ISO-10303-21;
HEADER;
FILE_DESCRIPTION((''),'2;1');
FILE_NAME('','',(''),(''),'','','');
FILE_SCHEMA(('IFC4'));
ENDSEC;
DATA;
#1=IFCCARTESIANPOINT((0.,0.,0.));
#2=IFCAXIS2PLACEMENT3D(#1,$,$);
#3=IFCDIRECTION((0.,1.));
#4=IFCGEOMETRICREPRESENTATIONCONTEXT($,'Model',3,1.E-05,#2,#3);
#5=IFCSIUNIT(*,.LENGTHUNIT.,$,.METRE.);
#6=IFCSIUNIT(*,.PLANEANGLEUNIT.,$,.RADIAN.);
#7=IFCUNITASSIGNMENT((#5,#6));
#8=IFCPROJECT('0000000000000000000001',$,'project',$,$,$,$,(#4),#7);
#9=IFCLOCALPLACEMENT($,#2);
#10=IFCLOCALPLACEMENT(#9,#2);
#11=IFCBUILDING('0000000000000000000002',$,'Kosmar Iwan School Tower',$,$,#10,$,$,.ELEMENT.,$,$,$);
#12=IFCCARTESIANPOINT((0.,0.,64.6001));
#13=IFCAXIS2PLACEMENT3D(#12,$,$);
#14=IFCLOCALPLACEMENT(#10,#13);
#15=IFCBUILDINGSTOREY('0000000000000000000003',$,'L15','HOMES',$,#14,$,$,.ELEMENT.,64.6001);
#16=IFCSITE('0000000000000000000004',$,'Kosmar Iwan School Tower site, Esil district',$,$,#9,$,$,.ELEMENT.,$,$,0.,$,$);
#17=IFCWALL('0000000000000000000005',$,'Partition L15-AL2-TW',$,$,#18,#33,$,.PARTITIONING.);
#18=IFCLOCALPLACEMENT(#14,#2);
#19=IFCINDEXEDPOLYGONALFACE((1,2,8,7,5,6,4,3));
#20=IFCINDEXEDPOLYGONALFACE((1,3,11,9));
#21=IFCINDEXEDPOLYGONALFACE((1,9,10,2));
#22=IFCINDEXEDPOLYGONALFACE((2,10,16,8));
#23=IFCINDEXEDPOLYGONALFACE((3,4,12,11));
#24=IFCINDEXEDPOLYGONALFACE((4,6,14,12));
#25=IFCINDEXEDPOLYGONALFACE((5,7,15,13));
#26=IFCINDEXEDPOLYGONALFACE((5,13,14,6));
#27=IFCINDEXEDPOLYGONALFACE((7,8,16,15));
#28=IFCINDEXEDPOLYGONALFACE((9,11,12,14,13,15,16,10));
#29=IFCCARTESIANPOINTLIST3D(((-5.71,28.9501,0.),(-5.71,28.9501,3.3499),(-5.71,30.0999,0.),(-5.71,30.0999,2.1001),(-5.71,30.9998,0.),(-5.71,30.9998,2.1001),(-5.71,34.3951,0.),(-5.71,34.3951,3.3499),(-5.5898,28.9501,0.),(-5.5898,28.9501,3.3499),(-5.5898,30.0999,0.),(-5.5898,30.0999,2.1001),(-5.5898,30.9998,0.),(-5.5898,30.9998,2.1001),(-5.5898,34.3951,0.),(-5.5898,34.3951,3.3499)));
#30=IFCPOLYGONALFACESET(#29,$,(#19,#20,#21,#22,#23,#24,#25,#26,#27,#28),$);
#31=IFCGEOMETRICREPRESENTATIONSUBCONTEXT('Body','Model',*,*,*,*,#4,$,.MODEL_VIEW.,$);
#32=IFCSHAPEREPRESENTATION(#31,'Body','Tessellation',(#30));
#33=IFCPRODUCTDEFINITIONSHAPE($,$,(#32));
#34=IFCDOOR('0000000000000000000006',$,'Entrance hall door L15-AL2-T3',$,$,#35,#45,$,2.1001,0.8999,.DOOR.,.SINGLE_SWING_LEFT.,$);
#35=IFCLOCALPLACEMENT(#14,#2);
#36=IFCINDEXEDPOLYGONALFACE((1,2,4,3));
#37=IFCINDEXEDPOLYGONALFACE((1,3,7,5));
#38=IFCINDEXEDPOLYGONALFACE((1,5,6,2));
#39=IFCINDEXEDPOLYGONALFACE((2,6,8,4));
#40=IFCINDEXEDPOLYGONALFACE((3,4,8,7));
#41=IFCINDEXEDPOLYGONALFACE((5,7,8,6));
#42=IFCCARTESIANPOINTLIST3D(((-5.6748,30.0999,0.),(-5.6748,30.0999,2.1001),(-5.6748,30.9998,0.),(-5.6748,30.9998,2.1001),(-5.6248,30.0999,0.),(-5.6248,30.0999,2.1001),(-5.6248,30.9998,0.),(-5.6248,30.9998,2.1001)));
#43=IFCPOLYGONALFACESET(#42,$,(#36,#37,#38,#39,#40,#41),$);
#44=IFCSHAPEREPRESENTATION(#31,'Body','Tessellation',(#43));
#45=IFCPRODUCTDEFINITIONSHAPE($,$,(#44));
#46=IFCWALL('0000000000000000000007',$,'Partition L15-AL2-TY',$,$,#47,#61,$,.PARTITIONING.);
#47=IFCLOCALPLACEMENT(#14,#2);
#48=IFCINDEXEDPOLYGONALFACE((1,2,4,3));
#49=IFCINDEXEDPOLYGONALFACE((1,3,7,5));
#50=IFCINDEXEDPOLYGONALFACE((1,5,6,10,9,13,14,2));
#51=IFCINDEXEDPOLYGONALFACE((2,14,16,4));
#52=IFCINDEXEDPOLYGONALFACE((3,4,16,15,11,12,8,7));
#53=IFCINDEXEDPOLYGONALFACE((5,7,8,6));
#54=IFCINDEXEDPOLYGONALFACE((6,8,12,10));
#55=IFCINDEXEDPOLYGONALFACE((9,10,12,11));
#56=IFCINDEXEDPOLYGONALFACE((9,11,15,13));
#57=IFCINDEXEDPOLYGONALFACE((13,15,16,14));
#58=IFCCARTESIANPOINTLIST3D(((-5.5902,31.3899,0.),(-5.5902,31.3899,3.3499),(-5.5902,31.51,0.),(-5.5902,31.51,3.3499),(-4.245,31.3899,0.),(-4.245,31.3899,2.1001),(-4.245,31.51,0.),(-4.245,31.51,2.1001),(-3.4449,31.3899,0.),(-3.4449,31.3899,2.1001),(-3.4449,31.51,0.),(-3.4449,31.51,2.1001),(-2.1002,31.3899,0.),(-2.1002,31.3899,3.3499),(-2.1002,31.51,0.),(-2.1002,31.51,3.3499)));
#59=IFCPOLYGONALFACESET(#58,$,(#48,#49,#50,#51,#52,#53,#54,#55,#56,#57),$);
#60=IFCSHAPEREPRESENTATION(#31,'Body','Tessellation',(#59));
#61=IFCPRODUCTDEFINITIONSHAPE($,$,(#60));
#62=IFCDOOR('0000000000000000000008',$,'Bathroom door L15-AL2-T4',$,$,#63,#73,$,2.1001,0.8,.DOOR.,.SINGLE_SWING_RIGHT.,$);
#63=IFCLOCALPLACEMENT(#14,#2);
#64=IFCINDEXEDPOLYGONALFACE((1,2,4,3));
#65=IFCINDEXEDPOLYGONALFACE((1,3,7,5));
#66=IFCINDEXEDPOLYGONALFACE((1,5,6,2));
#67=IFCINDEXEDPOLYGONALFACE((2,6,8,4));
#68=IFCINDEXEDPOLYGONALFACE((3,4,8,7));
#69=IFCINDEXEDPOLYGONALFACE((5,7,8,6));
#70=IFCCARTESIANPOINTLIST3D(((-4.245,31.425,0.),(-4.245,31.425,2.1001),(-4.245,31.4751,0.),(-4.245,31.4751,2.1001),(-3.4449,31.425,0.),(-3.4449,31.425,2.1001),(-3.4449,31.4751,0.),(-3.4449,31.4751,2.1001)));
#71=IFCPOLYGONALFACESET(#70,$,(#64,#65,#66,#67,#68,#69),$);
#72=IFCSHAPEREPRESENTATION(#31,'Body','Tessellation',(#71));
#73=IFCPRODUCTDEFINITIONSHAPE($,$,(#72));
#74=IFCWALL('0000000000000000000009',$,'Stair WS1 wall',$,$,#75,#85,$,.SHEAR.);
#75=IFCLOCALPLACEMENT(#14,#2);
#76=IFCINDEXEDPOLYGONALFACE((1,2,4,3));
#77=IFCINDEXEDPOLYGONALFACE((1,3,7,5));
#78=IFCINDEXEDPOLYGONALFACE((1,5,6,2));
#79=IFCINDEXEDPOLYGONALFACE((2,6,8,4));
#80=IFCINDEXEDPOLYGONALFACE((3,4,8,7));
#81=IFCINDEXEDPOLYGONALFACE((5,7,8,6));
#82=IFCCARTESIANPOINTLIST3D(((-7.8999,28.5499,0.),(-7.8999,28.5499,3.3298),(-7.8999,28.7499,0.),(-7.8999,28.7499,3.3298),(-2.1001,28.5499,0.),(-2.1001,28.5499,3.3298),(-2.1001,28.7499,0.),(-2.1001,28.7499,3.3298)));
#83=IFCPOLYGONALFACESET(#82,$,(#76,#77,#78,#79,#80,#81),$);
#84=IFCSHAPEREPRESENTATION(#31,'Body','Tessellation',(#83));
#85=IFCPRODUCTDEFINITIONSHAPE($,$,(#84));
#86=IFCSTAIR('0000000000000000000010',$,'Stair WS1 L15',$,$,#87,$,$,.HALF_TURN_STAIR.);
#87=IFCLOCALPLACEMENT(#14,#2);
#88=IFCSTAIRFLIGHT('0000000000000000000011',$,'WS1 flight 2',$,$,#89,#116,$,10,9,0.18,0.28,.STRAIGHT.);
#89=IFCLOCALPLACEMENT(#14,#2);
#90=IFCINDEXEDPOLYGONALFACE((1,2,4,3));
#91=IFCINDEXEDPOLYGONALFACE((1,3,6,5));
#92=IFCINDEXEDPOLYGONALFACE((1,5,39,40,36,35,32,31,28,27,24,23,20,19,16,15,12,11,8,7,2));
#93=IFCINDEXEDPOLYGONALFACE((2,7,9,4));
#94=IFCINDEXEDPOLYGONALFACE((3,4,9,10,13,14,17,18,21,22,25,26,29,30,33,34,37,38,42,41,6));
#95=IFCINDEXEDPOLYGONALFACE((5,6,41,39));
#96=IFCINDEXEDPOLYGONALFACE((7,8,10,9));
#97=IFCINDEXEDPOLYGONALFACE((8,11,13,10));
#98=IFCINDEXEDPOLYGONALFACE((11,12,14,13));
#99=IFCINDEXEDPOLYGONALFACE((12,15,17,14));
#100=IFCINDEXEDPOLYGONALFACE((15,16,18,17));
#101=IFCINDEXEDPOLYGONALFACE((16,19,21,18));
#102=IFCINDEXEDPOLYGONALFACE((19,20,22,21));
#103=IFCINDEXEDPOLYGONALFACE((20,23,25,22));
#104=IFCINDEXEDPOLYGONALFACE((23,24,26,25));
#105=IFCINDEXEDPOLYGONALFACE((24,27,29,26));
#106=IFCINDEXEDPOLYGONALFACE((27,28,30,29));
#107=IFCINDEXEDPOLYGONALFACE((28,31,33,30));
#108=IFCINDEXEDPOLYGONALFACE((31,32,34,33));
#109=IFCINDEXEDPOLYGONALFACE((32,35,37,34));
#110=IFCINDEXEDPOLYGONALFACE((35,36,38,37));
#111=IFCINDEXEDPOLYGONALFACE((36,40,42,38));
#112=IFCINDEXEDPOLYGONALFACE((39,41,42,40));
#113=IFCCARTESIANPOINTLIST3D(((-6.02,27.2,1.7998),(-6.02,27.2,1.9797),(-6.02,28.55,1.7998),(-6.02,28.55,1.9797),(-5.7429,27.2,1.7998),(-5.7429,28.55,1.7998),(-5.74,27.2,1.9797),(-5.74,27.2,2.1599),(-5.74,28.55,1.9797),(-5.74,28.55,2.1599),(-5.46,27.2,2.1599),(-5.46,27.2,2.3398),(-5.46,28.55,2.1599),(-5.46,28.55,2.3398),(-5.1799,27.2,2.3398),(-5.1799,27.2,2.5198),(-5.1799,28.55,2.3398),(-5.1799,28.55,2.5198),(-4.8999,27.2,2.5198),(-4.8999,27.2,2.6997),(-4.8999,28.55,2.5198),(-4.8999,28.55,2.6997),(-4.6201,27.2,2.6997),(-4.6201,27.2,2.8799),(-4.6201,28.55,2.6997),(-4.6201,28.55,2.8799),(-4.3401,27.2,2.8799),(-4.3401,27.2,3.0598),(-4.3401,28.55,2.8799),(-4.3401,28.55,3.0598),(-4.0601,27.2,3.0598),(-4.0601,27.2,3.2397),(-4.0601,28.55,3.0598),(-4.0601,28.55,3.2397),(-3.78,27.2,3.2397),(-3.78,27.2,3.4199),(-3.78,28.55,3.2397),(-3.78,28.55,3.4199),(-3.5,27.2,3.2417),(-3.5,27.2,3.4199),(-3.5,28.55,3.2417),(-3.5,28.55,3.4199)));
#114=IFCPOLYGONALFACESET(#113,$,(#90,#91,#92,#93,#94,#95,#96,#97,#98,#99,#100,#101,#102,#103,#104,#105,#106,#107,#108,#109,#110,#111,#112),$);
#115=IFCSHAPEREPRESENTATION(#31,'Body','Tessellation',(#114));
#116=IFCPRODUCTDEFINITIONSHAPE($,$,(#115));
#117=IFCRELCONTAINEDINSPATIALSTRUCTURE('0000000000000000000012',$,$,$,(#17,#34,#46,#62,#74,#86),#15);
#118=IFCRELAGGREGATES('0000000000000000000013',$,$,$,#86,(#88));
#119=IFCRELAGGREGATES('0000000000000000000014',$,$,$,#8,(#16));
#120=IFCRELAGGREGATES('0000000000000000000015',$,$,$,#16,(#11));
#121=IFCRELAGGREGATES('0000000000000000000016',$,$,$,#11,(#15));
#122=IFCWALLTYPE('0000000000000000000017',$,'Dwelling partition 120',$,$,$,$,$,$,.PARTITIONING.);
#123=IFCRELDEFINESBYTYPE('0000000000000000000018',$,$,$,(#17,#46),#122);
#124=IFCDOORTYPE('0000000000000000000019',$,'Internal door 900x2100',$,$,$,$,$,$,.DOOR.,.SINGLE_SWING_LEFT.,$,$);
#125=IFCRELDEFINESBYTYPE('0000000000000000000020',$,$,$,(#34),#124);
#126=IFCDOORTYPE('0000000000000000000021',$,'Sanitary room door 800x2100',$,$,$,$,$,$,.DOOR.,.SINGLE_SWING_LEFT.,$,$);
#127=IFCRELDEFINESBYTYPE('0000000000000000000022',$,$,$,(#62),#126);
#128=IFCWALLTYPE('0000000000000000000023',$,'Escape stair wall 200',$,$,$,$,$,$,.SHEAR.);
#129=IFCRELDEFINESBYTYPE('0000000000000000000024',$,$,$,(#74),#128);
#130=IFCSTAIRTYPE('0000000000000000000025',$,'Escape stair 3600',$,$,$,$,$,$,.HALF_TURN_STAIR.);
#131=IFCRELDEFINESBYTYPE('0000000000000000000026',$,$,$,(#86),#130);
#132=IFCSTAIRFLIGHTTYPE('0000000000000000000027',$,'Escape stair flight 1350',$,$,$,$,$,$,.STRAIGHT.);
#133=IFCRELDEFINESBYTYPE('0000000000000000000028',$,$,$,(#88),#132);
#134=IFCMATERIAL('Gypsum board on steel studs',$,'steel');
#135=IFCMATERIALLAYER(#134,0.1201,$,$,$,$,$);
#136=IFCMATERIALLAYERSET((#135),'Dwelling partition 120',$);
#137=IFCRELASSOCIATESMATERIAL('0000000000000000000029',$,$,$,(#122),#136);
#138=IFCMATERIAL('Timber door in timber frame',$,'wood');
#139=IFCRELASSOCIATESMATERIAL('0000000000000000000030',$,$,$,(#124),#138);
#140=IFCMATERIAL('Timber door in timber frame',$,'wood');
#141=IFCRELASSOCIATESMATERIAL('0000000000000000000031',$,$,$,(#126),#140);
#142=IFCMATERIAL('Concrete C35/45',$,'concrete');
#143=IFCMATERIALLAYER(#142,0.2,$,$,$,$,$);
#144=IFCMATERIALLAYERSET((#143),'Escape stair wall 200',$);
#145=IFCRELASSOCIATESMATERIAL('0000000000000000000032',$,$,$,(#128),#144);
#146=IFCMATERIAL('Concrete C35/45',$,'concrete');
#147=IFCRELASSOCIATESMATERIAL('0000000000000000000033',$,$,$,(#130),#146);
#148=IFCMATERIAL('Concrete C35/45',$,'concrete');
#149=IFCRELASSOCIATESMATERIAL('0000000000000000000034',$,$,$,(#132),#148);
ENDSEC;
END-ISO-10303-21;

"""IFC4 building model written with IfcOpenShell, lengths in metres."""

from ifc_helpers import new_model, si_unit, direction, frame, frame_2d, origin, place, context, subcontext, project, spatial, polyline, rectangle, outline, extrude, material, layer, layer_set, type_object, element, fill, aggregate, save


model = new_model("IFC4")

# Units and contexts
model_context = context("Model", 3, precision=1e-05, world=origin(), true_north=direction((0.0, 1.0)))
body_context = subcontext(model_context, "Body", "Model", "MODEL_VIEW")
ifc_project = project(units=[si_unit("LENGTHUNIT", "METRE"), si_unit("PLANEANGLEUNIT", "RADIAN")], contexts=[model_context])

# Site, building, storey
site_placement = place(None, origin())
site = spatial("IfcSite", under=ifc_project, at=site_placement, Name="Kosmar Iwan School Tower site, Esil district", CompositionType="ELEMENT", RefElevation=0.0)
building_placement = place(site_placement, origin())
building = spatial("IfcBuilding", under=site, at=building_placement, Name="Kosmar Iwan School Tower", CompositionType="ELEMENT")
storey_placement = place(building_placement, frame((0.0, 0.0, 64.6001)))
storey = spatial("IfcBuildingStorey", under=building, at=storey_placement, Name="L15", Description="HOMES", CompositionType="ELEMENT", Elevation=64.6001)

# Walls, openings, doors
ifc_material_1 = material(Name="Gypsum board on steel studs", Category="steel")
ifc_layer_1 = layer(ifc_material_1, 0.1201)
ifc_layer_set_1 = layer_set([ifc_layer_1], Name="Dwelling partition 120")
wall_type_1 = type_object("IfcWallType", Name="Dwelling partition 120", PredefinedType="PARTITIONING", material=ifc_layer_set_1)
ifc_material_2 = material(Name="Timber door in timber frame", Category="wood")
door_type_1 = type_object("IfcDoorType", Name="Internal door 900x2100", OperationType="SINGLE_SWING_LEFT", PredefinedType="DOOR", material=ifc_material_2)
wall_1_placement = place(storey_placement, frame((-5.6499, 28.95, 0.0), z_axis=(0.0, 0.0, 1.0), x_axis=(0.0, 1.0, 0.0)))
wall_1 = element("IfcWall", 1, at=wall_1_placement, inside=storey, type_object=wall_type_1, Name="Partition L15-AL2-TW", PredefinedType="PARTITIONING", context=body_context, shape_type="SweptSolid", body=[
    extrude(rectangle(XDim=5.4451, YDim=0.1201, at=frame_2d((2.7227, 0.0))), origin(), (0.0, 0.0, 1.0), 3.3499),
])
opening_1_placement = place(wall_1_placement, frame((1.1499, 0.0, 0.0)))
opening_1 = element("IfcOpeningElement", 2, at=opening_1_placement, cuts=wall_1, PredefinedType="OPENING", context=body_context, shape_type="SweptSolid", body=[
    extrude(rectangle(XDim=0.8999, YDim=2.1001, at=frame_2d((0.45, 1.05))), frame((0.0, 0.072, 0.0), z_axis=(0.0, -1.0, 0.0), x_axis=(1.0, 0.0, 0.0)), (0.0, 0.0, 1.0), 0.144),
])
door_1_placement = place(opening_1_placement, origin())
door_1 = element("IfcDoor", 3, at=door_1_placement, inside=storey, type_object=door_type_1, Name="Entrance hall door L15-AL2-T3", OperationType="SINGLE_SWING_LEFT", OverallHeight=2.1001, OverallWidth=0.8999, PredefinedType="DOOR", context=body_context, shape_type="SweptSolid", body=[
    extrude(rectangle(XDim=0.8999, YDim=2.1001, at=frame_2d((0.45, 1.05))), frame((0.0, 0.0249, 0.0), z_axis=(0.0, -1.0, 0.0), x_axis=(1.0, 0.0, 0.0)), (0.0, 0.0, 1.0), 0.05),
])
fill(opening_1, door_1)
wall_2_placement = place(storey_placement, frame((-2.1001, 31.45, 0.0), z_axis=(0.0, 0.0, 1.0), x_axis=(-1.0, 0.0, 0.0)))
wall_2 = element("IfcWall", 4, at=wall_2_placement, inside=storey, type_object=wall_type_1, Name="Partition L15-AL2-TY", PredefinedType="PARTITIONING", context=body_context, shape_type="SweptSolid", body=[
    extrude(rectangle(XDim=3.49, YDim=0.1201, at=frame_2d((1.7451, 0.0))), origin(), (0.0, 0.0, 1.0), 3.3499),
])
opening_2_placement = place(wall_2_placement, frame((1.345, 0.0, 0.0)))
opening_2 = element("IfcOpeningElement", 5, at=opening_2_placement, cuts=wall_2, PredefinedType="OPENING", context=body_context, shape_type="SweptSolid", body=[
    extrude(rectangle(XDim=0.8, YDim=2.1001, at=frame_2d((0.3999, 1.05))), frame((0.0, 0.072, 0.0), z_axis=(0.0, -1.0, 0.0), x_axis=(1.0, 0.0, 0.0)), (0.0, 0.0, 1.0), 0.144),
])
ifc_material_3 = material(Name="Timber door in timber frame", Category="wood")
door_type_2 = type_object("IfcDoorType", Name="Sanitary room door 800x2100", OperationType="SINGLE_SWING_LEFT", PredefinedType="DOOR", material=ifc_material_3)
door_2_placement = place(opening_2_placement, origin())
door_2 = element("IfcDoor", 6, at=door_2_placement, inside=storey, type_object=door_type_2, Name="Bathroom door L15-AL2-T4", OperationType="SINGLE_SWING_RIGHT", OverallHeight=2.1001, OverallWidth=0.8, PredefinedType="DOOR", context=body_context, shape_type="SweptSolid", body=[
    extrude(rectangle(XDim=0.8, YDim=2.1001, at=frame_2d((0.3999, 1.05))), frame((0.0, 0.0249, 0.0), z_axis=(0.0, -1.0, 0.0), x_axis=(1.0, 0.0, 0.0)), (0.0, 0.0, 1.0), 0.05),
])
fill(opening_2, door_2)

# Wall
ifc_material_4 = material(Name="Concrete C35/45", Category="concrete")
ifc_layer_2 = layer(ifc_material_4, 0.2)
ifc_layer_set_2 = layer_set([ifc_layer_2], Name="Escape stair wall 200")
wall_type_2 = type_object("IfcWallType", Name="Escape stair wall 200", PredefinedType="SHEAR", material=ifc_layer_set_2)
wall_3_placement = place(storey_placement, frame((-2.1001, 28.6499, 0.0), z_axis=(0.0, 0.0, 1.0), x_axis=(-1.0, 0.0, 0.0)))
element("IfcWall", 7, at=wall_3_placement, inside=storey, type_object=wall_type_2, Name="Stair WS1 wall", PredefinedType="SHEAR", context=body_context, shape_type="SweptSolid", body=[
    extrude(rectangle(XDim=5.7998, YDim=0.2, at=frame_2d((2.8999, 0.0))), origin(), (0.0, 0.0, 1.0), 3.3298),
])

# Stair, stair flight
ifc_material_5 = material(Name="Concrete C35/45", Category="concrete")
stair_type = type_object("IfcStairType", Name="Escape stair 3600", PredefinedType="HALF_TURN_STAIR", material=ifc_material_5)
stair_placement = place(storey_placement, origin())
stair = element("IfcStair", 8, at=stair_placement, inside=storey, type_object=stair_type, Name="Stair WS1 L15", PredefinedType="HALF_TURN_STAIR")
ifc_material_6 = material(Name="Concrete C35/45", Category="concrete")
stair_flight_type = type_object("IfcStairFlightType", Name="Escape stair flight 1350", PredefinedType="STRAIGHT", material=ifc_material_6)
stair_flight_placement = place(storey_placement, frame((-6.02, 27.875, 1.7998), z_axis=(0.0, 0.0, 1.0), x_axis=(1.0, 0.0, 0.0)))
stair_flight = element("IfcStairFlight", 9, at=stair_flight_placement, type_object=stair_flight_type, Name="WS1 flight 2", NumberOfRisers=10, NumberOfTreads=9, PredefinedType="STRAIGHT", RiserHeight=0.18, TreadLength=0.28, context=body_context, shape_type="SweptSolid", body=[
    extrude(outline(polyline([(0.0, 0.0), (0.0, 0.1799), (0.28, 0.1799), (0.28, 0.3601), (0.5601, 0.3601), (0.5601, 0.54), (0.8401, 0.54), (0.8401, 0.72), (1.1201, 0.72), (1.1201, 0.8999), (1.3999, 0.8999), (1.3999, 1.0801), (1.6799, 1.0801), (1.6799, 1.26), (1.96, 1.26), (1.96, 1.4399), (2.24, 1.4399), (2.24, 1.6201), (2.52, 1.6201), (2.52, 1.8), (2.52, 1.4419), (0.2771, 0.0), (0.0, 0.0)])), frame((0.0, 0.675, 0.0), z_axis=(0.0, -1.0, 0.0), x_axis=(1.0, 0.0, 0.0)), (0.0, 0.0, 1.0), 1.3501),
])
aggregate(stair, [stair_flight])

save(model, "model.ifc")
